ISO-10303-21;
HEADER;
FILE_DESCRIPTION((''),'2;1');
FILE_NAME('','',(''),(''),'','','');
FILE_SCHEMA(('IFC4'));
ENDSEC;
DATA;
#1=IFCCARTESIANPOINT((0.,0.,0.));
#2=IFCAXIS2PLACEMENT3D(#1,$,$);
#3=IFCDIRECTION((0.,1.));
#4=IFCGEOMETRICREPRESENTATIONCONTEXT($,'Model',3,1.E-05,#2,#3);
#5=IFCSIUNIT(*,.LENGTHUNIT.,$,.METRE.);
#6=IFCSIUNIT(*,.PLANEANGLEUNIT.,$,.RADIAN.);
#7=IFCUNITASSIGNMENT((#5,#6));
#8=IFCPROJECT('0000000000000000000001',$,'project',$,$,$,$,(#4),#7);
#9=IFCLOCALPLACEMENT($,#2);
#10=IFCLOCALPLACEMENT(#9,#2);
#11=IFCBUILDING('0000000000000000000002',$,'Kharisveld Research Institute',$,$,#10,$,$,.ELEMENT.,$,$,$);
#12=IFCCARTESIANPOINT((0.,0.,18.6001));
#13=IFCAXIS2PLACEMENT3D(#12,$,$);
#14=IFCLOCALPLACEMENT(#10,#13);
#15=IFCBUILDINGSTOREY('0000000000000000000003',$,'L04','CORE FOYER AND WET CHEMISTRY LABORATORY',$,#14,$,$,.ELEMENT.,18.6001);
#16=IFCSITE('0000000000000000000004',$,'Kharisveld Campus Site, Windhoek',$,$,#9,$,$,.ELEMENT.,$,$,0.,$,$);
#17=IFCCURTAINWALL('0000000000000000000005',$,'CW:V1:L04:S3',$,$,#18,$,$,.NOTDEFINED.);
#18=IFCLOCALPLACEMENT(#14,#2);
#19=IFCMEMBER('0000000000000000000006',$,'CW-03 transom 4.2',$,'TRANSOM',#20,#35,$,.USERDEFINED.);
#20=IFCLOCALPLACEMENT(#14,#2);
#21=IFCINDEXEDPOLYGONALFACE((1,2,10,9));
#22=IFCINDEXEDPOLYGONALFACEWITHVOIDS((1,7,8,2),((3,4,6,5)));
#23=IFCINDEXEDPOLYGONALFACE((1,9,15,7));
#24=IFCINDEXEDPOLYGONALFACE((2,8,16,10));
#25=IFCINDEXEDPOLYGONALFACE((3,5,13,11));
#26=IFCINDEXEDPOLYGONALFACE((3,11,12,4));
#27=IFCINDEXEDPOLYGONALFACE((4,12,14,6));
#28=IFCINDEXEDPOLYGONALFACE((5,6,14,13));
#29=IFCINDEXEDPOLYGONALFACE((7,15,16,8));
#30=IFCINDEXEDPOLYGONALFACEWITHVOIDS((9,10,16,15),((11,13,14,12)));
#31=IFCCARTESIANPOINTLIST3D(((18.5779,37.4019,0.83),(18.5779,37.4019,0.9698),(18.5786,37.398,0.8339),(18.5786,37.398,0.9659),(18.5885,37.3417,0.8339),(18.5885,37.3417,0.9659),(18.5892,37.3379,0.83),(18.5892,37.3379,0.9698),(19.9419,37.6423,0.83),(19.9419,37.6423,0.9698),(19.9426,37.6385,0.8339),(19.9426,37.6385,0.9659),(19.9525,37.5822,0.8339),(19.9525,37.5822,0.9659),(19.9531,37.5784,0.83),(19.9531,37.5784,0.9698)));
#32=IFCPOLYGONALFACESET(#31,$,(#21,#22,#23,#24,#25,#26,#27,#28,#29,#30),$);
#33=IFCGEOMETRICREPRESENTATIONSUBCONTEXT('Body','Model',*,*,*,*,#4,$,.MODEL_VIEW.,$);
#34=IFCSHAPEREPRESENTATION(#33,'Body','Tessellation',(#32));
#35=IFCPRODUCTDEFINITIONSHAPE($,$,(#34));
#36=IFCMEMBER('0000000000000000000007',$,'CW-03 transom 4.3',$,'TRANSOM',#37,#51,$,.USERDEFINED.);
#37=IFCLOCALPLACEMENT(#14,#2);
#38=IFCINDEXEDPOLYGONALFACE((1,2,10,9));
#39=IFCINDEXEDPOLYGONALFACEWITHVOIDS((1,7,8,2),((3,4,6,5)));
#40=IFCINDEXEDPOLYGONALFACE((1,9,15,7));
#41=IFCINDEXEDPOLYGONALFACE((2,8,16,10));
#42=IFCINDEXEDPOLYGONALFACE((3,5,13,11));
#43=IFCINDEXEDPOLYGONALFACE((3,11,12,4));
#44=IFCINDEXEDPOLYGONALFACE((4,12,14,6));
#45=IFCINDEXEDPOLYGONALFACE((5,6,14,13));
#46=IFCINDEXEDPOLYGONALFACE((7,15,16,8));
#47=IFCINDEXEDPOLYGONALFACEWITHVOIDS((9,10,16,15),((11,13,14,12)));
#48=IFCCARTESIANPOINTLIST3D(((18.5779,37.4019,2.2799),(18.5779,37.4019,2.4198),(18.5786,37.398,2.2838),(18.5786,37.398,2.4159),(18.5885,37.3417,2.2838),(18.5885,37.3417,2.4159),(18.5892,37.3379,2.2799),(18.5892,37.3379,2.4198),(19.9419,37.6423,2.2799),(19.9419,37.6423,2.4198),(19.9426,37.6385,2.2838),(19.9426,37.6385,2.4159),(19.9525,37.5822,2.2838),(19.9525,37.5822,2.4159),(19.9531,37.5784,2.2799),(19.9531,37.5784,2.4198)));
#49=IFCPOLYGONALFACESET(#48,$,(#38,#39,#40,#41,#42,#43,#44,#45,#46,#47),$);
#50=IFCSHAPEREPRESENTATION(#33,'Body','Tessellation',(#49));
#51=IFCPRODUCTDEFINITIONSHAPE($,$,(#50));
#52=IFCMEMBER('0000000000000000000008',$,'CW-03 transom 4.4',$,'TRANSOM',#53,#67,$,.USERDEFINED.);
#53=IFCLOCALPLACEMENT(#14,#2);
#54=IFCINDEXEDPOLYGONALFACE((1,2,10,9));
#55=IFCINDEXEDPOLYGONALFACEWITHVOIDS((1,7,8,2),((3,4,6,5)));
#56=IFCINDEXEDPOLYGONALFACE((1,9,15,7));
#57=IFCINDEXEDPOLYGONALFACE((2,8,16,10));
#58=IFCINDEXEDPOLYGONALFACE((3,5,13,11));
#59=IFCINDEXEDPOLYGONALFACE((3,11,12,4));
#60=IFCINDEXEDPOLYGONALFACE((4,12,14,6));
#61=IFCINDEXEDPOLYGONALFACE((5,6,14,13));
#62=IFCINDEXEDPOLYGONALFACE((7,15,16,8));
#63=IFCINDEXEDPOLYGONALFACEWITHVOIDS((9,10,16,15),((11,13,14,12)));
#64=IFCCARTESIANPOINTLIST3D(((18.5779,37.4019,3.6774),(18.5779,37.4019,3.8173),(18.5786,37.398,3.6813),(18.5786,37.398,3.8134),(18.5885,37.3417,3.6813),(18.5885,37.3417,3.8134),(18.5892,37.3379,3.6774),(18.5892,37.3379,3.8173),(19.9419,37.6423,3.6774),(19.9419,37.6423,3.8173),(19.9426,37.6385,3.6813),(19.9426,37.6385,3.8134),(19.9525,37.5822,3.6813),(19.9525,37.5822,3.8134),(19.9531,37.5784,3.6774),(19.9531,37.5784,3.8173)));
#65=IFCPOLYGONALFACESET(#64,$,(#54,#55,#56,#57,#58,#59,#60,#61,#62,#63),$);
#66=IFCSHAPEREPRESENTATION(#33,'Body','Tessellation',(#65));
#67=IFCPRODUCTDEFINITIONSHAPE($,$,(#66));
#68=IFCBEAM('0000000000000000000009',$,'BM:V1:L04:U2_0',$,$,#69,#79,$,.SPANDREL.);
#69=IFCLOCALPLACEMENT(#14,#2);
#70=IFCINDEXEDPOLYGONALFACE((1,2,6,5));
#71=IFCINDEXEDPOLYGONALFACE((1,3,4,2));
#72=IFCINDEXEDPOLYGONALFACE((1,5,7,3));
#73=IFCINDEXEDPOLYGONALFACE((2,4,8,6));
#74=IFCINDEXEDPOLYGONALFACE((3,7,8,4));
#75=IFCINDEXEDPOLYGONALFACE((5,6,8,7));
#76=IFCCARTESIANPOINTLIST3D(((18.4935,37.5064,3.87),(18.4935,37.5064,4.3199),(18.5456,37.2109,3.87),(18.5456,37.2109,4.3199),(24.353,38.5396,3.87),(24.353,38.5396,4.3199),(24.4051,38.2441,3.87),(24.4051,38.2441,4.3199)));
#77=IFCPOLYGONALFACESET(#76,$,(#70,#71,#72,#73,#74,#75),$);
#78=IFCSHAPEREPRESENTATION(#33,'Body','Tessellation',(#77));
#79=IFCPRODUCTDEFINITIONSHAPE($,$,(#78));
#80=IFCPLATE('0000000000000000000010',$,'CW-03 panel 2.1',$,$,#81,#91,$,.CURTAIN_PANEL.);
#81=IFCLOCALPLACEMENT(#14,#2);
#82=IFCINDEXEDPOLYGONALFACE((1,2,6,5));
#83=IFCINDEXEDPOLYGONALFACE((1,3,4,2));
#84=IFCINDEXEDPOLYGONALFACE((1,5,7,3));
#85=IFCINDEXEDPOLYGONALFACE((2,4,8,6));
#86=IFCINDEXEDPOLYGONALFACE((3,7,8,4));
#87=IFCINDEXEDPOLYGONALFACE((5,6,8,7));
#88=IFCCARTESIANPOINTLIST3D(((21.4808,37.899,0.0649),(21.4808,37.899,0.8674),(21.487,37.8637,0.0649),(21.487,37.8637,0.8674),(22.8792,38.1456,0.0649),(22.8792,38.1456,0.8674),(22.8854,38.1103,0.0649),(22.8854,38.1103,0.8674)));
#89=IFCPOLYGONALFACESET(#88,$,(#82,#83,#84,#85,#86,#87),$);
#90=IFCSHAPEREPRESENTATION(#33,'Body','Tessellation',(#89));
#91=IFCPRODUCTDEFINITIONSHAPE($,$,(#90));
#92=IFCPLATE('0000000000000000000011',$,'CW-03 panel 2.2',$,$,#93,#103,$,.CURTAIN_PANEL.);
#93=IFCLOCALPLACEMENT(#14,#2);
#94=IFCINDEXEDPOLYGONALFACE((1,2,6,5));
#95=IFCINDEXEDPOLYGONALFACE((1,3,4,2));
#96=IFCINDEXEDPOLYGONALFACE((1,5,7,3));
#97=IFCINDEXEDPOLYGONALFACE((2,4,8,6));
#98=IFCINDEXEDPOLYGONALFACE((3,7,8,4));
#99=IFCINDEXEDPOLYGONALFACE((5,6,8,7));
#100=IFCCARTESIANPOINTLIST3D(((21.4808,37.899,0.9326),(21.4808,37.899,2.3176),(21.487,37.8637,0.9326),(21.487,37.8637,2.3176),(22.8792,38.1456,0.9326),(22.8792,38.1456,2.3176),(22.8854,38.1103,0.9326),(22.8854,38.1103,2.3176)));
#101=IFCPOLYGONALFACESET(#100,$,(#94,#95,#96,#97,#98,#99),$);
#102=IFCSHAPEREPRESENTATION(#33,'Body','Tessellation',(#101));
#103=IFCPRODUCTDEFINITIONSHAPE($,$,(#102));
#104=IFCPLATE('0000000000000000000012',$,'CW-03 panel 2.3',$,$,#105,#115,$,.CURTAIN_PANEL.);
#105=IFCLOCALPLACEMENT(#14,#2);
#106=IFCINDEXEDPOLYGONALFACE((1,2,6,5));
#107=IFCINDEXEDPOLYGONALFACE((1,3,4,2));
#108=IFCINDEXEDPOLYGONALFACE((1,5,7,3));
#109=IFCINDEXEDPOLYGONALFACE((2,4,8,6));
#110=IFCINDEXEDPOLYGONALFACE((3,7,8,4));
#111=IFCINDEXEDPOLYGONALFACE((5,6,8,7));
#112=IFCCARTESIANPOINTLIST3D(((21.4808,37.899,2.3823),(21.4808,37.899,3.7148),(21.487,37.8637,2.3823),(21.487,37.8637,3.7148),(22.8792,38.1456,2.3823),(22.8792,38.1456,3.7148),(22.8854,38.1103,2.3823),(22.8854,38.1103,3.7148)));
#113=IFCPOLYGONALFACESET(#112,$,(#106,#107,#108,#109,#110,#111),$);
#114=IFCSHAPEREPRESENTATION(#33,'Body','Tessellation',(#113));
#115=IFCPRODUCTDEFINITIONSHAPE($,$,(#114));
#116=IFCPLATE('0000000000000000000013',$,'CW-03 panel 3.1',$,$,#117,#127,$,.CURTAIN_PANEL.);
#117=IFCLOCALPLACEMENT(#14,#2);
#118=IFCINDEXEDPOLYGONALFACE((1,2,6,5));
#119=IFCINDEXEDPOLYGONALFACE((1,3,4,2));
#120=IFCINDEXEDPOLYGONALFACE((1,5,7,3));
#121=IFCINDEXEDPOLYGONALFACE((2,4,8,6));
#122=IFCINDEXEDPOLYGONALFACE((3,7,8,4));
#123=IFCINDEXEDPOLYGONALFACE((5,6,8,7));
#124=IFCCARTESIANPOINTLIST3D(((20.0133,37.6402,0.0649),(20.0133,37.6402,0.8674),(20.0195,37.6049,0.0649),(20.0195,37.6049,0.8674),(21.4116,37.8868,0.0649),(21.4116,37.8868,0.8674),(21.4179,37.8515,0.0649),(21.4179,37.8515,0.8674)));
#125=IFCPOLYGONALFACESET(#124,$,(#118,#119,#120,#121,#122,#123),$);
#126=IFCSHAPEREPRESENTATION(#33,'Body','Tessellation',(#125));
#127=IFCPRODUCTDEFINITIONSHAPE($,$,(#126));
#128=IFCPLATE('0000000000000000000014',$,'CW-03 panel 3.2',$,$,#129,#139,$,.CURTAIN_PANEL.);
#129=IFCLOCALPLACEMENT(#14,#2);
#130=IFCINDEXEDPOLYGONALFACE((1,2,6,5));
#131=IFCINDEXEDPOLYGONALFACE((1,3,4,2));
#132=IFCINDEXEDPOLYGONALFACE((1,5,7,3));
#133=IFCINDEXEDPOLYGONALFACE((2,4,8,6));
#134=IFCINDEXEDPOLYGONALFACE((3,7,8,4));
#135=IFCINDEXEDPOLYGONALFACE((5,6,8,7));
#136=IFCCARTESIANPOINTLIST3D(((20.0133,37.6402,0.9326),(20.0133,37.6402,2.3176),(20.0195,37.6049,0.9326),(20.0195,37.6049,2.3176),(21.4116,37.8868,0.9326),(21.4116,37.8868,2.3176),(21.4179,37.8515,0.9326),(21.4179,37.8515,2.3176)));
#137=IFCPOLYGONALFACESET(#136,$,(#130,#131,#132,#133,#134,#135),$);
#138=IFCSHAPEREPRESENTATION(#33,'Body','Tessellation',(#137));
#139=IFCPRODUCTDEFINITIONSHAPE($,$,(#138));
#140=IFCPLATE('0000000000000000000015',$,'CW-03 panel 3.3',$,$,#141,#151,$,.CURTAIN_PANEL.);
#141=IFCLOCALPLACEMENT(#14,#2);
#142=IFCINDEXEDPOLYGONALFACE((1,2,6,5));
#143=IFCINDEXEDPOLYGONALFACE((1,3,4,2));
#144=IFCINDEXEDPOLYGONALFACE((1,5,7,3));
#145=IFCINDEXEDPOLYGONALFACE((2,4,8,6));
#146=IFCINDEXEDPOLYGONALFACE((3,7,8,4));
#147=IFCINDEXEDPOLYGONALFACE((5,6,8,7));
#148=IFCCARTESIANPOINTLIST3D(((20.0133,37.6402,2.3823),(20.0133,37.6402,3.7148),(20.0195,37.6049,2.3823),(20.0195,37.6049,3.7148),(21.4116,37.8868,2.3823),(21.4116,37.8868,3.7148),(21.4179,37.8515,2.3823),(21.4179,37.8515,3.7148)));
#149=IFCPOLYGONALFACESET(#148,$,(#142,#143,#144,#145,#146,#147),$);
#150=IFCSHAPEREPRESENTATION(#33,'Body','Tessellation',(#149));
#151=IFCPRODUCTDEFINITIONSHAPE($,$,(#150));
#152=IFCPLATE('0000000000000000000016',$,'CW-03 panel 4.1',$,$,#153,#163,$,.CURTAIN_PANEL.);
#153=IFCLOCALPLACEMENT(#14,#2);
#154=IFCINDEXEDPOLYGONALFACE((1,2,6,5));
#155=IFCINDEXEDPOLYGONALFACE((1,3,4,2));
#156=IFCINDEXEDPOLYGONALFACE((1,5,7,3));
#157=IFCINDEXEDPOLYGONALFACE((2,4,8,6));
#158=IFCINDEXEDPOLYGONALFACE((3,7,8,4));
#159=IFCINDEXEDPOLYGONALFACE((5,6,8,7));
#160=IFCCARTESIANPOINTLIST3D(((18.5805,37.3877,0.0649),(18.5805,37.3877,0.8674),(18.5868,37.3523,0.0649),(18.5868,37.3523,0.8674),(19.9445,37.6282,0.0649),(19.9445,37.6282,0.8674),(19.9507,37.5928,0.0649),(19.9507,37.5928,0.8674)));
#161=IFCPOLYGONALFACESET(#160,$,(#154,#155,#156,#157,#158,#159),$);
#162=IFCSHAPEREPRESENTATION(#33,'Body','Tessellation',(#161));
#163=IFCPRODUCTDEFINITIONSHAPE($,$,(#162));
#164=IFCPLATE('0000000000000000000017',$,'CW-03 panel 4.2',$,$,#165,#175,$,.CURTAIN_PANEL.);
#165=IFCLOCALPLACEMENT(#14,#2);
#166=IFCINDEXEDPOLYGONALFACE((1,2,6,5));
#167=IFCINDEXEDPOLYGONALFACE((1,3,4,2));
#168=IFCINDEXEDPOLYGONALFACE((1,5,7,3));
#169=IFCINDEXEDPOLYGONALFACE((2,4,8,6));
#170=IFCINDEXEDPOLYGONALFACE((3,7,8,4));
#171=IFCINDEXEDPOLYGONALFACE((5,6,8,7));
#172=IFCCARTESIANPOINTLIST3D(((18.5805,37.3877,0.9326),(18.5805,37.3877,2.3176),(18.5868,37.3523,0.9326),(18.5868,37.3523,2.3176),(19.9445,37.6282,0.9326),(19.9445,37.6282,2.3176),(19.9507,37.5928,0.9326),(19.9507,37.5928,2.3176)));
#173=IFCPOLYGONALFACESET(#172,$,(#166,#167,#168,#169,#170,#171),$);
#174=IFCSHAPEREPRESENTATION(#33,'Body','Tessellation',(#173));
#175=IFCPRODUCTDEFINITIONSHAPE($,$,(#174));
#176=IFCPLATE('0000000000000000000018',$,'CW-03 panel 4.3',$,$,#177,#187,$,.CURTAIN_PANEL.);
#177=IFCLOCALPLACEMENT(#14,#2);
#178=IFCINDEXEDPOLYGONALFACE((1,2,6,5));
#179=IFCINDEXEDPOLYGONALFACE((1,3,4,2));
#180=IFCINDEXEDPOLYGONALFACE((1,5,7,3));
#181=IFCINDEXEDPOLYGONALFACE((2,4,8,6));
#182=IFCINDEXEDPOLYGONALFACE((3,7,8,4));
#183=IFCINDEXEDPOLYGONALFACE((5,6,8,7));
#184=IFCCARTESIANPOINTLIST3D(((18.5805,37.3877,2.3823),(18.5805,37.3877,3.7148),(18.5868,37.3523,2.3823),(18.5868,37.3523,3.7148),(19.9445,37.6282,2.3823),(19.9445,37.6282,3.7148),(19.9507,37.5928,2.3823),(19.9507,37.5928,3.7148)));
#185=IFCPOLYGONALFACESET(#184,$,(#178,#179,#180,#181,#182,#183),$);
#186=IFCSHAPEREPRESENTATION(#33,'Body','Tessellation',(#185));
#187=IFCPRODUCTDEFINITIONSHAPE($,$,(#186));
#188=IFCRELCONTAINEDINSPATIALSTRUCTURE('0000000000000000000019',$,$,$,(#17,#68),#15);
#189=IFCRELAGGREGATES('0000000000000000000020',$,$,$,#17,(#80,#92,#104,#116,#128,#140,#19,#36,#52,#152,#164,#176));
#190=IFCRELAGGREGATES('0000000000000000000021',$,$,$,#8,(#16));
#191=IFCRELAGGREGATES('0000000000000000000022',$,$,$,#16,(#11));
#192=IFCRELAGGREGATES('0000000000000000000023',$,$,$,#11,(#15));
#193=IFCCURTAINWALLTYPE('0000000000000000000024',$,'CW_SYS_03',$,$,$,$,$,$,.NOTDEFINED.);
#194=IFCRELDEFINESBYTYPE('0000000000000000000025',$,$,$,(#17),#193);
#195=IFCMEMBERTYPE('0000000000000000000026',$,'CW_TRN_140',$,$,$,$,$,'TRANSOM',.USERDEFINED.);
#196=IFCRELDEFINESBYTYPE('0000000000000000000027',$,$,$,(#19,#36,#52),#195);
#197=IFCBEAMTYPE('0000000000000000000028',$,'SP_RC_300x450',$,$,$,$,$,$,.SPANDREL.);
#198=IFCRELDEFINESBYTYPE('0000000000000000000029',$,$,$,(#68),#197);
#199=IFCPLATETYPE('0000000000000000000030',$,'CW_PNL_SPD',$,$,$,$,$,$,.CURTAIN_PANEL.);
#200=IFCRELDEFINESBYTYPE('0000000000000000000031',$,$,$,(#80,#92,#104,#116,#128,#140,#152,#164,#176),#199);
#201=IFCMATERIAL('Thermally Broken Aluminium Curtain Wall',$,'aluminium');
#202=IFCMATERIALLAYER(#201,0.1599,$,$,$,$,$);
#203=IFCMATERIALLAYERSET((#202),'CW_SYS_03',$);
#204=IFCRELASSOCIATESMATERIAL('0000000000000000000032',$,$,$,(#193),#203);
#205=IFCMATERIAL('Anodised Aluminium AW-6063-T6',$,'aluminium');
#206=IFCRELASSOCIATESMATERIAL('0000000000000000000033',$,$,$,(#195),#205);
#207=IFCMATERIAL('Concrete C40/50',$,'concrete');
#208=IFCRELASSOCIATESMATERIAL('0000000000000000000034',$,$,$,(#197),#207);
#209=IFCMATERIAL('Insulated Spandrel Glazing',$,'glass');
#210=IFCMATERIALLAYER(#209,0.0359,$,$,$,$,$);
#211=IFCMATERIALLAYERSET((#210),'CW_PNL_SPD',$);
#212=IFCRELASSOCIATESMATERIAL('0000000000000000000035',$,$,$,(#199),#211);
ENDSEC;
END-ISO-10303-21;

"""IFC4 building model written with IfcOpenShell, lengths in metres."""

from ifc_helpers import new_model, si_unit, direction, frame, origin, origin_2d, place, context, subcontext, project, spatial, rectangle, hollow_rectangle, extrude, material, layer, layer_set, material_profile, profile_set, type_object, element, aggregate, save


model = new_model("IFC4")

# Units and contexts
model_context = context("Model", 3, precision=1e-05, world=origin(), true_north=direction((0.0, 1.0)))
body_context = subcontext(model_context, "Body", "Model", "MODEL_VIEW")
ifc_project = project(units=[si_unit("LENGTHUNIT", "METRE"), si_unit("PLANEANGLEUNIT", "RADIAN")], contexts=[model_context])

# Site, building, storey
site_placement = place(None, origin())
site = spatial("IfcSite", under=ifc_project, at=site_placement, Name="Kharisveld Campus Site, Windhoek", CompositionType="ELEMENT", RefElevation=0.0)
building_placement = place(site_placement, origin())
building = spatial("IfcBuilding", under=site, at=building_placement, Name="Kharisveld Research Institute", CompositionType="ELEMENT")
storey_placement = place(building_placement, frame((0.0, 0.0, 18.6001)))
storey = spatial("IfcBuildingStorey", under=building, at=storey_placement, Name="L04", Description="CORE FOYER AND WET CHEMISTRY LABORATORY", CompositionType="ELEMENT", Elevation=18.6001)

# Curtain wall, members
ifc_material_1 = material(Name="Thermally Broken Aluminium Curtain Wall", Category="aluminium")
ifc_layer_1 = layer(ifc_material_1, 0.1599)
ifc_layer_set_1 = layer_set([ifc_layer_1], Name="CW_SYS_03")
curtain_wall_type = type_object("IfcCurtainWallType", Name="CW_SYS_03", PredefinedType="NOTDEFINED", material=ifc_layer_set_1)
curtain_wall_placement = place(storey_placement, origin())
curtain_wall = element("IfcCurtainWall", 1, at=curtain_wall_placement, inside=storey, type_object=curtain_wall_type, Name="CW:V1:L04:S3", PredefinedType="NOTDEFINED")
ifc_material_2 = material(Name="Anodised Aluminium AW-6063-T6", Category="aluminium")
ifc_material_profile_1 = material_profile(ifc_material_2, hollow_rectangle(XDim=0.0649, YDim=0.1399, WallThickness=0.0039, at=origin_2d()))
ifc_profile_set_1 = profile_set([ifc_material_profile_1], Name="Anodised Aluminium AW-6063-T6")
member_type_1 = type_object("IfcMemberType", Name="CW_TRN_140", ElementType="TRANSOM", PredefinedType="USERDEFINED", material=ifc_profile_set_1)
member_1_placement = place(storey_placement, frame((19.9475, 37.6104, 0.8999), z_axis=(-0.984812, -0.173624, 0.0), x_axis=(0.173624, -0.984812, 0.0)))
member_1 = element("IfcMember", 2, at=member_1_placement, type_object=member_type_1, Name="CW-03 transom 4.2", ObjectType="TRANSOM", PredefinedType="USERDEFINED", context=body_context, shape_type="SweptSolid", body=[
    extrude(hollow_rectangle(XDim=0.0649, YDim=0.1399, WallThickness=0.0039, at=origin_2d()), origin(), (0.0, 0.0, 1.0), 1.385),
])
member_2_placement = place(storey_placement, frame((19.9475, 37.6104, 2.3499), z_axis=(-0.984812, -0.173624, 0.0), x_axis=(0.173624, -0.984812, 0.0)))
member_2 = element("IfcMember", 3, at=member_2_placement, type_object=member_type_1, Name="CW-03 transom 4.3", ObjectType="TRANSOM", PredefinedType="USERDEFINED", context=body_context, shape_type="SweptSolid", body=[
    extrude(hollow_rectangle(XDim=0.0649, YDim=0.1399, WallThickness=0.0039, at=origin_2d()), origin(), (0.0, 0.0, 1.0), 1.385),
])
member_3_placement = place(storey_placement, frame((19.9475, 37.6104, 3.7473), z_axis=(-0.984812, -0.173624, 0.0), x_axis=(0.173624, -0.984812, 0.0)))
member_3 = element("IfcMember", 4, at=member_3_placement, type_object=member_type_1, Name="CW-03 transom 4.4", ObjectType="TRANSOM", PredefinedType="USERDEFINED", context=body_context, shape_type="SweptSolid", body=[
    extrude(hollow_rectangle(XDim=0.0649, YDim=0.1399, WallThickness=0.0039, at=origin_2d()), origin(), (0.0, 0.0, 1.0), 1.385),
])

# Beam
ifc_material_3 = material(Name="Concrete C40/50", Category="concrete")
ifc_material_profile_2 = material_profile(ifc_material_3, rectangle(XDim=0.3, YDim=0.45, at=origin_2d()))
ifc_profile_set_2 = profile_set([ifc_material_profile_2], Name="Concrete C40/50")
beam_type_1 = type_object("IfcBeamType", Name="SP_RC_300x450", PredefinedType="SPANDREL", material=ifc_profile_set_2)
beam_1_placement = place(storey_placement, frame((18.5195, 37.3586, 4.095), z_axis=(0.984808, 0.173647, 0.0), x_axis=(-0.173647, 0.984808, 0.0)))
element("IfcBeam", 5, at=beam_1_placement, inside=storey, type_object=beam_type_1, Name="BM:V1:L04:U2_0", PredefinedType="SPANDREL", context=body_context, shape_type="SweptSolid", body=[
    extrude(rectangle(XDim=0.3, YDim=0.45, at=origin_2d()), origin(), (0.0, 0.0, 1.0), 5.95),
])

# Plates
ifc_material_4 = material(Name="Insulated Spandrel Glazing", Category="glass")
ifc_layer_2 = layer(ifc_material_4, 0.0359)
ifc_layer_set_2 = layer_set([ifc_layer_2], Name="CW_PNL_SPD")
plate_type = type_object("IfcPlateType", Name="CW_PNL_SPD", PredefinedType="CURTAIN_PANEL", material=ifc_layer_set_2)
plate_1_placement = place(storey_placement, frame((22.1831, 38.0046, 0.0649), z_axis=(0.0, 0.0, 1.0), x_axis=(-0.984808, -0.173648, 0.0)))
plate_1 = element("IfcPlate", 6, at=plate_1_placement, type_object=plate_type, Name="CW-03 panel 2.1", PredefinedType="CURTAIN_PANEL", context=body_context, shape_type="SweptSolid", body=[
    extrude(rectangle(XDim=1.4199, YDim=0.0359, at=origin_2d()), origin(), (0.0, 0.0, 1.0), 0.8025),
])
plate_2_placement = place(storey_placement, frame((22.1831, 38.0046, 0.9326), z_axis=(0.0, 0.0, 1.0), x_axis=(-0.984808, -0.173648, 0.0)))
plate_2 = element("IfcPlate", 7, at=plate_2_placement, type_object=plate_type, Name="CW-03 panel 2.2", PredefinedType="CURTAIN_PANEL", context=body_context, shape_type="SweptSolid", body=[
    extrude(rectangle(XDim=1.4199, YDim=0.0359, at=origin_2d()), origin(), (0.0, 0.0, 1.0), 1.385),
])
plate_3_placement = place(storey_placement, frame((22.1831, 38.0046, 2.3823), z_axis=(0.0, 0.0, 1.0), x_axis=(-0.984808, -0.173648, 0.0)))
plate_3 = element("IfcPlate", 8, at=plate_3_placement, type_object=plate_type, Name="CW-03 panel 2.3", PredefinedType="CURTAIN_PANEL", context=body_context, shape_type="SweptSolid", body=[
    extrude(rectangle(XDim=1.4199, YDim=0.0359, at=origin_2d()), origin(), (0.0, 0.0, 1.0), 1.3325),
])
plate_4_placement = place(storey_placement, frame((20.7156, 37.7458, 0.0649), z_axis=(0.0, 0.0, 1.0), x_axis=(-0.984808, -0.173648, 0.0)))
plate_4 = element("IfcPlate", 9, at=plate_4_placement, type_object=plate_type, Name="CW-03 panel 3.1", PredefinedType="CURTAIN_PANEL", context=body_context, shape_type="SweptSolid", body=[
    extrude(rectangle(XDim=1.4199, YDim=0.0359, at=origin_2d()), origin(), (0.0, 0.0, 1.0), 0.8025),
])
plate_5_placement = place(storey_placement, frame((20.7156, 37.7458, 0.9326), z_axis=(0.0, 0.0, 1.0), x_axis=(-0.984808, -0.173648, 0.0)))
plate_5 = element("IfcPlate", 10, at=plate_5_placement, type_object=plate_type, Name="CW-03 panel 3.2", PredefinedType="CURTAIN_PANEL", context=body_context, shape_type="SweptSolid", body=[
    extrude(rectangle(XDim=1.4199, YDim=0.0359, at=origin_2d()), origin(), (0.0, 0.0, 1.0), 1.385),
])
plate_6_placement = place(storey_placement, frame((20.7156, 37.7458, 2.3823), z_axis=(0.0, 0.0, 1.0), x_axis=(-0.984808, -0.173648, 0.0)))
plate_6 = element("IfcPlate", 11, at=plate_6_placement, type_object=plate_type, Name="CW-03 panel 3.3", PredefinedType="CURTAIN_PANEL", context=body_context, shape_type="SweptSolid", body=[
    extrude(rectangle(XDim=1.4199, YDim=0.0359, at=origin_2d()), origin(), (0.0, 0.0, 1.0), 1.3325),
])
plate_7_placement = place(storey_placement, frame((19.2656, 37.4902, 0.0649), z_axis=(0.0, 0.0, 1.0), x_axis=(-0.984808, -0.173648, 0.0)))
plate_7 = element("IfcPlate", 12, at=plate_7_placement, type_object=plate_type, Name="CW-03 panel 4.1", PredefinedType="CURTAIN_PANEL", context=body_context, shape_type="SweptSolid", body=[
    extrude(rectangle(XDim=1.385, YDim=0.0359, at=origin_2d()), origin(), (0.0, 0.0, 1.0), 0.8025),
])
plate_8_placement = place(storey_placement, frame((19.2656, 37.4902, 0.9326), z_axis=(0.0, 0.0, 1.0), x_axis=(-0.984808, -0.173648, 0.0)))
plate_8 = element("IfcPlate", 13, at=plate_8_placement, type_object=plate_type, Name="CW-03 panel 4.2", PredefinedType="CURTAIN_PANEL", context=body_context, shape_type="SweptSolid", body=[
    extrude(rectangle(XDim=1.385, YDim=0.0359, at=origin_2d()), origin(), (0.0, 0.0, 1.0), 1.385),
])
plate_9_placement = place(storey_placement, frame((19.2656, 37.4902, 2.3823), z_axis=(0.0, 0.0, 1.0), x_axis=(-0.984808, -0.173648, 0.0)))
plate_9 = element("IfcPlate", 14, at=plate_9_placement, type_object=plate_type, Name="CW-03 panel 4.3", PredefinedType="CURTAIN_PANEL", context=body_context, shape_type="SweptSolid", body=[
    extrude(rectangle(XDim=1.385, YDim=0.0359, at=origin_2d()), origin(), (0.0, 0.0, 1.0), 1.3325),
])
aggregate(curtain_wall, [plate_1, plate_2, plate_3, plate_4, plate_5, plate_6, member_1, member_2, member_3, plate_7, plate_8, plate_9])

save(model, "model.ifc")
